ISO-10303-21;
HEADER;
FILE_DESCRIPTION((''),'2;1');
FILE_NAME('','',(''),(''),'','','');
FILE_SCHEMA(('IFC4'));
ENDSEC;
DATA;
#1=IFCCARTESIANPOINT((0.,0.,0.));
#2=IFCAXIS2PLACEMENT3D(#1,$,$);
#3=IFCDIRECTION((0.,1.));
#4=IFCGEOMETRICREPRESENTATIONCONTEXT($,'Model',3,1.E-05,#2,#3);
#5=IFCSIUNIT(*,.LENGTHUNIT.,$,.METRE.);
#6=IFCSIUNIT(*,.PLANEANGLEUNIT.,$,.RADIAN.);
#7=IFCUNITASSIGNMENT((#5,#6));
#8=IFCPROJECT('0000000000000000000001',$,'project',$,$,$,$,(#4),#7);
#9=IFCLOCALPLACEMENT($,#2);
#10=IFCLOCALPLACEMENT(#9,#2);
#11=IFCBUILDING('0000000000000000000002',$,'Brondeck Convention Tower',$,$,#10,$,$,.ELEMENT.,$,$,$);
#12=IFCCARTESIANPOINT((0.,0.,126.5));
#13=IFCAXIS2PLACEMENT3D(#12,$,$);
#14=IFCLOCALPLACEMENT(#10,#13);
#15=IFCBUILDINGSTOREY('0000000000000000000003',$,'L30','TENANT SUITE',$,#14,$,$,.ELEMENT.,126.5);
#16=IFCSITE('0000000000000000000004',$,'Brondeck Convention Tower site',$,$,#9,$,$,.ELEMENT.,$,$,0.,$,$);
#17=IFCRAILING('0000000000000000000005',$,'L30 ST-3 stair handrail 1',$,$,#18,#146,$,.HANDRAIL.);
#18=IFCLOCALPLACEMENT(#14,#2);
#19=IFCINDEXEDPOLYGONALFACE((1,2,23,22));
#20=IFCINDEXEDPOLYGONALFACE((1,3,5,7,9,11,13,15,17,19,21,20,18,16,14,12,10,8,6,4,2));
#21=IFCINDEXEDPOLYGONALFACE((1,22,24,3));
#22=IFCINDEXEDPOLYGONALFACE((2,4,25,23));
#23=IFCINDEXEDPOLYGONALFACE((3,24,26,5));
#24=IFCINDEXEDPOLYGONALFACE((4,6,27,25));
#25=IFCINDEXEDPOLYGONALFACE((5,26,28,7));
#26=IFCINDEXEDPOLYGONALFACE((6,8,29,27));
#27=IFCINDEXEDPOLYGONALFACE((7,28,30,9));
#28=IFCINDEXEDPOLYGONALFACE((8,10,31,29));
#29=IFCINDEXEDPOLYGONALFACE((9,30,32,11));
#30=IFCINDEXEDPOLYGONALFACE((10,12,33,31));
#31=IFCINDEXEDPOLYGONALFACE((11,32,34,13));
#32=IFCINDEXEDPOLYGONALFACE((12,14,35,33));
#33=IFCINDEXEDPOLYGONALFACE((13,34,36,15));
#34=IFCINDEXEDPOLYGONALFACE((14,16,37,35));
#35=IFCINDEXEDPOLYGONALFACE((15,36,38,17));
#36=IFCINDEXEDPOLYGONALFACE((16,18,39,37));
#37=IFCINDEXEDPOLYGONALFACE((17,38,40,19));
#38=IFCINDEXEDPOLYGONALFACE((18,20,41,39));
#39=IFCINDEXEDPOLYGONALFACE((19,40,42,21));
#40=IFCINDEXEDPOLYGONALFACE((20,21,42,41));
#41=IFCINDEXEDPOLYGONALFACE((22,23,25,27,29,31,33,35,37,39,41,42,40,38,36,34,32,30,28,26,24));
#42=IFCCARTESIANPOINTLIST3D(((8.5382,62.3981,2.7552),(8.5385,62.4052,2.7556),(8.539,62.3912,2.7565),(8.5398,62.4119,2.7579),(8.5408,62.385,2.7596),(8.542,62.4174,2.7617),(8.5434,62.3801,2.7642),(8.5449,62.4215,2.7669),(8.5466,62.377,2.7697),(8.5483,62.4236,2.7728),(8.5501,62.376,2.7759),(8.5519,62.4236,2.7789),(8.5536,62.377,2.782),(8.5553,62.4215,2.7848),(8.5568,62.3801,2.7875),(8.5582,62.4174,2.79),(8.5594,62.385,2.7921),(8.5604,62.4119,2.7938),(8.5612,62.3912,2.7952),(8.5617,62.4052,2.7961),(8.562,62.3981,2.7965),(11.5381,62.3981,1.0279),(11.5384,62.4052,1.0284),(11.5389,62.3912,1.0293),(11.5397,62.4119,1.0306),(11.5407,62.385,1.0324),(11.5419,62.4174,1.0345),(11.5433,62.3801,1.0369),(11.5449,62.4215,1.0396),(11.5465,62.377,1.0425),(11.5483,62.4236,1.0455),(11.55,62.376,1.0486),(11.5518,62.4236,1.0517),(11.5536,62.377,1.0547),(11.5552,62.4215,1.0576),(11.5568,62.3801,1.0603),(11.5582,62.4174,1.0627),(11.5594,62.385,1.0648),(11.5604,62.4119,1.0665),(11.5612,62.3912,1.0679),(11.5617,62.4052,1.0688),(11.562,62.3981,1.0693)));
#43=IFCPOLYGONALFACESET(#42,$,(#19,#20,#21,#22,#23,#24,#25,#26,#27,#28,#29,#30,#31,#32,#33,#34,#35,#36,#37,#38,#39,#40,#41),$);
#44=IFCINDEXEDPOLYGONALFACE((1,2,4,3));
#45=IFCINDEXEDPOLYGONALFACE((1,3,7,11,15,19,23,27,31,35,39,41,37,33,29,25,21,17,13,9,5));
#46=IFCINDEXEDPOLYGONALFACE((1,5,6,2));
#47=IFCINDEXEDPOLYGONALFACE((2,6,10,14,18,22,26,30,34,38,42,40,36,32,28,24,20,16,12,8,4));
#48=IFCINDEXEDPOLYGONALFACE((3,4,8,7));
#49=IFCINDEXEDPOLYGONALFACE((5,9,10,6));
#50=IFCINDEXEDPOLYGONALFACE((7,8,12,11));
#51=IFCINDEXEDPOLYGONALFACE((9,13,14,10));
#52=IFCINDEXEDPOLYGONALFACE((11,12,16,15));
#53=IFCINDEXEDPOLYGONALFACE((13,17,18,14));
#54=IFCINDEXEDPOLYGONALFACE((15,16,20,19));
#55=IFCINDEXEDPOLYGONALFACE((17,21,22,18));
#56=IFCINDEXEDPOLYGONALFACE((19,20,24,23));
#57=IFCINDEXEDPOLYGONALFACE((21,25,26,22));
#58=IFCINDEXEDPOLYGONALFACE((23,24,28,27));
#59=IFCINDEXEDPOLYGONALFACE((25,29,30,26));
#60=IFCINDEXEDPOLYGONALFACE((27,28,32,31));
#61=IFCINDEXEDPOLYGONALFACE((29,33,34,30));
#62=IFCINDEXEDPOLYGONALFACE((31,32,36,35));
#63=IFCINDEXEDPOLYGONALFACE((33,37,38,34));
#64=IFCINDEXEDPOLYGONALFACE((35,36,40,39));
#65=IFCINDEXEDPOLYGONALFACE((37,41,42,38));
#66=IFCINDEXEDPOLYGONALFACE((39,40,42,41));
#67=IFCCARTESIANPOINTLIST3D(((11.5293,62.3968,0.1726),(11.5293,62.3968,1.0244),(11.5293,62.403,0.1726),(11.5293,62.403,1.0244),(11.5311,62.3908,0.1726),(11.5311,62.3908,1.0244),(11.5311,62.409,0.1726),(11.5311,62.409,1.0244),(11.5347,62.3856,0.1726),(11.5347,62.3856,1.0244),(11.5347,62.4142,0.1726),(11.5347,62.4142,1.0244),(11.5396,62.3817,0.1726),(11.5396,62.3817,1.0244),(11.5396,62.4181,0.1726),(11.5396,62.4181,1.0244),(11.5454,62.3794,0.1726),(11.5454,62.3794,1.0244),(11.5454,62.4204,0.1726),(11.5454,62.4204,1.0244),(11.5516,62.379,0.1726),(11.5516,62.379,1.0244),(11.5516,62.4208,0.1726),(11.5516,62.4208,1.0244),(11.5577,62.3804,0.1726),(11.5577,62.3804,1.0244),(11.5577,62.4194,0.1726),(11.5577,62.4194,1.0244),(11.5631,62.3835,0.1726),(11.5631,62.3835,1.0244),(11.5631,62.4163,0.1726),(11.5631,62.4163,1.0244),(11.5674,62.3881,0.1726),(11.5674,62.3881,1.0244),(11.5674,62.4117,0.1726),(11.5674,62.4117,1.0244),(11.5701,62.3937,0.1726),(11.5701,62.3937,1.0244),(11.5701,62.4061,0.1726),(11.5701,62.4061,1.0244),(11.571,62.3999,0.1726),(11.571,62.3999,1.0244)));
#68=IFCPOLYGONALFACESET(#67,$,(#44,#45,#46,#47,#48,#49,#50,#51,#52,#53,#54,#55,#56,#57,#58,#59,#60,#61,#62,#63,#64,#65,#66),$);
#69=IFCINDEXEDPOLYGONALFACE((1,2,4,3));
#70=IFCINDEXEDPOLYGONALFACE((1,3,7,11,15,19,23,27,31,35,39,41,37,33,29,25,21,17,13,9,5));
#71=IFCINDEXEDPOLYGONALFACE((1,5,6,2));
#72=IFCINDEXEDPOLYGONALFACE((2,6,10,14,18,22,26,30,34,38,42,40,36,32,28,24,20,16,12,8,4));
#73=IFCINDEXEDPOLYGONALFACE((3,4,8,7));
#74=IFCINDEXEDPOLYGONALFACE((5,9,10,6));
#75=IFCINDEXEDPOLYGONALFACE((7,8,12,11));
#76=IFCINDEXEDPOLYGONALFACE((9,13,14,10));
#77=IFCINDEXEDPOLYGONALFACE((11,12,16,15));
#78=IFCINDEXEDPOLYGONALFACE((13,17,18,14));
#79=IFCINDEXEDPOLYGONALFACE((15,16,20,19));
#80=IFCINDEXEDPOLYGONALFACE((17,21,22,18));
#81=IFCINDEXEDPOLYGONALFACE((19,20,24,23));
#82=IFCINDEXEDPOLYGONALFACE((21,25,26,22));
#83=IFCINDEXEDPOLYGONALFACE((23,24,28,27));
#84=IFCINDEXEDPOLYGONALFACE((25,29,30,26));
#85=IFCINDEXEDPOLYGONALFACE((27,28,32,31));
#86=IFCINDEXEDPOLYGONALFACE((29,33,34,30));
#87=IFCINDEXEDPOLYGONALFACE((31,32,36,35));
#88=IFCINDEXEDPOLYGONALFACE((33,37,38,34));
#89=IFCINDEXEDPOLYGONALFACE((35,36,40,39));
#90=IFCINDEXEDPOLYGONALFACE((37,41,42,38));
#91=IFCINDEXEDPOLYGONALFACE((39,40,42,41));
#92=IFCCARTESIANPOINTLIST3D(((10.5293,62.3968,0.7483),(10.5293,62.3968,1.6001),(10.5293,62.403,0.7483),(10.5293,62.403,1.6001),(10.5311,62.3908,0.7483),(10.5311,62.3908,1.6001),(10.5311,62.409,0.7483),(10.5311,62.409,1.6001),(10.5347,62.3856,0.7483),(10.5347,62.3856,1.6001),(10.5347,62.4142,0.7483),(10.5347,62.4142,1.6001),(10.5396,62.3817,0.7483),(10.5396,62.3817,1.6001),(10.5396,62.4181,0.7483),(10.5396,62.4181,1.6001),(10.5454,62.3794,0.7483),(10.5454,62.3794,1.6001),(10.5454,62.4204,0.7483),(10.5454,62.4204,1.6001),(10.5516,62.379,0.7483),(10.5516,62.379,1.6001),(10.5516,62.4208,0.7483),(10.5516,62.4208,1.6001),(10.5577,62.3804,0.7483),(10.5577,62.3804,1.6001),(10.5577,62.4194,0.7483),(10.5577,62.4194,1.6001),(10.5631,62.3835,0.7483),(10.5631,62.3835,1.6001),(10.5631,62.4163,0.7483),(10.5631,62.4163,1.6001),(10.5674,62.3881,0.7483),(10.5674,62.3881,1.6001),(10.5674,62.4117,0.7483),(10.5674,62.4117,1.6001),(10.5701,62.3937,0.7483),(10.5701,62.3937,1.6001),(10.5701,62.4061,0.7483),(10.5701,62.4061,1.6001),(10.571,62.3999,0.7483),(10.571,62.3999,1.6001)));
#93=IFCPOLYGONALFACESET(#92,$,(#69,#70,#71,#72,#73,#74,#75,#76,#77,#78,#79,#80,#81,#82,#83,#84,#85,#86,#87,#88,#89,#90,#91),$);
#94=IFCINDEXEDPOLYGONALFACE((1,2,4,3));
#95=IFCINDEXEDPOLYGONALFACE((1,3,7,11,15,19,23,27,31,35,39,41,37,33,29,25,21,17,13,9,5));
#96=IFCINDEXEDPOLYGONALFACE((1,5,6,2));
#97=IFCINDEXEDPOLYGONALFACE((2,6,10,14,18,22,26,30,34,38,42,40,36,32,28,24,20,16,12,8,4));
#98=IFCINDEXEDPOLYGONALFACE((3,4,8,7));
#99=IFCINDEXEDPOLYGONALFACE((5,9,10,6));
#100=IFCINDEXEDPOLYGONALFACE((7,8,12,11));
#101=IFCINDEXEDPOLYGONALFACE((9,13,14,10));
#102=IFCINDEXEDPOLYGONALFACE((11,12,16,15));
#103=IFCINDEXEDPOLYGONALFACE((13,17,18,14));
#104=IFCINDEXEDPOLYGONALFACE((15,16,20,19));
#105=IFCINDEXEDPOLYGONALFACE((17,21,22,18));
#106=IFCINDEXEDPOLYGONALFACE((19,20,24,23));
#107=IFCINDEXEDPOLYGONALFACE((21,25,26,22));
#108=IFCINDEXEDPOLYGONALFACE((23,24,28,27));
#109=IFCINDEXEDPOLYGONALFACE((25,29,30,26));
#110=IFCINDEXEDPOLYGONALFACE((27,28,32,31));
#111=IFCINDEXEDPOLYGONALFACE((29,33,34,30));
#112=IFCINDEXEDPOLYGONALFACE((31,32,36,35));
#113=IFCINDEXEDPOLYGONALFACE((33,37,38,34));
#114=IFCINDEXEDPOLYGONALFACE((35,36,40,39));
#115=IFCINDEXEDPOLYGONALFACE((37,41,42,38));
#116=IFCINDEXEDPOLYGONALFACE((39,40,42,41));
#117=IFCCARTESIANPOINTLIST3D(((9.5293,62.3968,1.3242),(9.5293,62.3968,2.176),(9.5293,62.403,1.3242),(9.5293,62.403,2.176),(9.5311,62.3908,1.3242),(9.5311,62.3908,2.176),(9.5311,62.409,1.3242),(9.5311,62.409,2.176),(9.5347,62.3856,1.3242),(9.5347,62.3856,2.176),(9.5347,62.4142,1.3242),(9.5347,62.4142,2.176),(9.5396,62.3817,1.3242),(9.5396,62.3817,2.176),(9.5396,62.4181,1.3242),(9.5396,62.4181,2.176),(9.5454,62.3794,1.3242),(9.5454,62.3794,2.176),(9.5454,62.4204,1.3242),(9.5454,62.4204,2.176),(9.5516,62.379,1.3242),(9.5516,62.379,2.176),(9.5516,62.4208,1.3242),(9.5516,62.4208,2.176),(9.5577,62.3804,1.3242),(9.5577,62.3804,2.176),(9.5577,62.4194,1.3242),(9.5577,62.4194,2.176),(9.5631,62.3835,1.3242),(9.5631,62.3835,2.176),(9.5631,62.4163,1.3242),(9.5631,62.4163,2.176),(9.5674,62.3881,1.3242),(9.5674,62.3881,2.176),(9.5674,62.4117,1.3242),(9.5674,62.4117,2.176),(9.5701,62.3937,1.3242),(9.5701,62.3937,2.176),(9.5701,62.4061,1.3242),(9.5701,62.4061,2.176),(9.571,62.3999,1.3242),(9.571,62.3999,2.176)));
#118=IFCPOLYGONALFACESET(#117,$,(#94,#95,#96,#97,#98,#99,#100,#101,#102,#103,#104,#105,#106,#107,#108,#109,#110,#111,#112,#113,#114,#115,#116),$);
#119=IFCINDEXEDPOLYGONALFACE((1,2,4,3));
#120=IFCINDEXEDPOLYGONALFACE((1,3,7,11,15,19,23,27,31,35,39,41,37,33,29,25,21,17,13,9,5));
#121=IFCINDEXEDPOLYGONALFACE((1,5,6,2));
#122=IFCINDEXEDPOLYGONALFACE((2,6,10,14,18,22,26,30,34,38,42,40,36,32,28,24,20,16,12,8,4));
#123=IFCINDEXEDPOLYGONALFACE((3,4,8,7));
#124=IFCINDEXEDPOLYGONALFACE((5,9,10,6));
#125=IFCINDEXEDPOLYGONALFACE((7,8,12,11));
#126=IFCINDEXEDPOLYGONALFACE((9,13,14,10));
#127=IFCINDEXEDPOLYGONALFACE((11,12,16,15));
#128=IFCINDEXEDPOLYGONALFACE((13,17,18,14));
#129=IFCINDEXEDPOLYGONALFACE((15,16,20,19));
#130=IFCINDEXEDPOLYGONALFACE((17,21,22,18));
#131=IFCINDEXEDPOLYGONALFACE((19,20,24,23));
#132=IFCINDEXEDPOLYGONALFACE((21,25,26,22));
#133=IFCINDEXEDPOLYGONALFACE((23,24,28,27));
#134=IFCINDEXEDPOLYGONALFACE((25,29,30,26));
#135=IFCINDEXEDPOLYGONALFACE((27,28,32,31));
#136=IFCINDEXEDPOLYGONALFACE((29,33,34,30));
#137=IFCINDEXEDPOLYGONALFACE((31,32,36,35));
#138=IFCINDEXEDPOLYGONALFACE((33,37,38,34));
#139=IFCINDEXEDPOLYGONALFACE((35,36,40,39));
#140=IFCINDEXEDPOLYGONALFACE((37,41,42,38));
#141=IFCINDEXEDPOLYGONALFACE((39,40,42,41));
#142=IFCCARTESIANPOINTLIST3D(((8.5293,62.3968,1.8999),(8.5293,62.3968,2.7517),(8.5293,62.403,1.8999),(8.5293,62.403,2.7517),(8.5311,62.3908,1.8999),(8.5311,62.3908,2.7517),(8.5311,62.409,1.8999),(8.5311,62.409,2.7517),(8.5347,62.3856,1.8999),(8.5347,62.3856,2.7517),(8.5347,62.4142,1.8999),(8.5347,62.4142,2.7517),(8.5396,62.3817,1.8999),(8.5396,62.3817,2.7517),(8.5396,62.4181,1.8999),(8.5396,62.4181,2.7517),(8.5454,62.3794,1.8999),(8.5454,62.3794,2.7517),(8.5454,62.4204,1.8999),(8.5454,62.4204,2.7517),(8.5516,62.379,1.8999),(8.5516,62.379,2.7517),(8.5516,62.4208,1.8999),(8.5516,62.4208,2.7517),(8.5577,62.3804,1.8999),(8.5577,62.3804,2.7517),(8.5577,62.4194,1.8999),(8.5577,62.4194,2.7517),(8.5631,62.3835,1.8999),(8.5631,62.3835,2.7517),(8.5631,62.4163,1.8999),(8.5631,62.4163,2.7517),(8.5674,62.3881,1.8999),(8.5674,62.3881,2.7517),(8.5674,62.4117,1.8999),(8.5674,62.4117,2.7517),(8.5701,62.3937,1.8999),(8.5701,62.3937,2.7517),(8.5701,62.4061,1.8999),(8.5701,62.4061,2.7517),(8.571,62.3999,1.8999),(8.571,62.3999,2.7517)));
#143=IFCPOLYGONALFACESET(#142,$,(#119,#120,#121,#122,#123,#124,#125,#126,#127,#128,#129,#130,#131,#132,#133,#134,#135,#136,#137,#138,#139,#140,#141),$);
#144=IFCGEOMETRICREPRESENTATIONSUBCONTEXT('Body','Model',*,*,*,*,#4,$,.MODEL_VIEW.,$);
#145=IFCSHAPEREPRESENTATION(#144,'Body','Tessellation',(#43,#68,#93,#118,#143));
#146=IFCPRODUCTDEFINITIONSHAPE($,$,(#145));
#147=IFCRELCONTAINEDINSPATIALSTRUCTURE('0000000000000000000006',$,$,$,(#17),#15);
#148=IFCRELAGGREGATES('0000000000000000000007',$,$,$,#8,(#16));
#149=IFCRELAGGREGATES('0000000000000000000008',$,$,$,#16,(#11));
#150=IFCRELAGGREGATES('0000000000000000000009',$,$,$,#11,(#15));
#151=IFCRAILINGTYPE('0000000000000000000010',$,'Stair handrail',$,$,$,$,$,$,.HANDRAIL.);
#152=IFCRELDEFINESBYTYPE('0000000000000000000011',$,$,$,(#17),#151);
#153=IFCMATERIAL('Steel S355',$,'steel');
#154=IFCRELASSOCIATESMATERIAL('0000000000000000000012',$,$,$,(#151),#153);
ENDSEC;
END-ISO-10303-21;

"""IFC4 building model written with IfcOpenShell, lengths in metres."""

from ifc_helpers import new_model, si_unit, direction, frame, origin, origin_2d, place, context, subcontext, project, spatial, circle, extrude, material, type_object, element, save


model = new_model("IFC4")

# Units and contexts
model_context = context("Model", 3, precision=1e-05, world=origin(), true_north=direction((0.0, 1.0)))
body_context = subcontext(model_context, "Body", "Model", "MODEL_VIEW")
ifc_project = project(units=[si_unit("LENGTHUNIT", "METRE"), si_unit("PLANEANGLEUNIT", "RADIAN")], contexts=[model_context])

# Site, building, storey
site_placement = place(None, origin())
site = spatial("IfcSite", under=ifc_project, at=site_placement, Name="Brondeck Convention Tower site", CompositionType="ELEMENT", RefElevation=0.0)
building_placement = place(site_placement, origin())
building = spatial("IfcBuilding", under=site, at=building_placement, Name="Brondeck Convention Tower", CompositionType="ELEMENT")
storey_placement = place(building_placement, frame((0.0, 0.0, 126.5)))
storey = spatial("IfcBuildingStorey", under=building, at=storey_placement, Name="L30", Description="TENANT SUITE", CompositionType="ELEMENT", Elevation=126.5)

# Railing
ifc_material_1 = material(Name="Steel S355", Category="steel")
railing_type_1 = type_object("IfcRailingType", Name="Stair handrail", PredefinedType="HANDRAIL", material=ifc_material_1)
railing_1_placement = place(storey_placement, frame((11.55, 62.3999, 0.1726)))
element("IfcRailing", 1, at=railing_1_placement, inside=storey, type_object=railing_type_1, Name="L30 ST-3 stair handrail 1", PredefinedType="HANDRAIL", context=body_context, shape_type="SweptSolid", body=[
    extrude(circle(Radius=0.0239, at=origin_2d()), frame((0.0, 0.0, 0.876), z_axis=(-0.86662, 0.0, 0.498969), x_axis=(0.0, -1.0, 0.0)), (0.0, 0.0, 1.0), 3.4617),
    extrude(circle(Radius=0.021, at=origin_2d()), origin(), (0.0, 0.0, 1.0), 0.8518),
    extrude(circle(Radius=0.021, at=origin_2d()), frame((-1.0, 0.0, 0.5757)), (0.0, 0.0, 1.0), 0.8518),
    extrude(circle(Radius=0.021, at=origin_2d()), frame((-2.0, 0.0, 1.1516)), (0.0, 0.0, 1.0), 0.8518),
    extrude(circle(Radius=0.021, at=origin_2d()), frame((-3.0, 0.0, 1.7273)), (0.0, 0.0, 1.0), 0.8518),
])

save(model, "model.ifc")
